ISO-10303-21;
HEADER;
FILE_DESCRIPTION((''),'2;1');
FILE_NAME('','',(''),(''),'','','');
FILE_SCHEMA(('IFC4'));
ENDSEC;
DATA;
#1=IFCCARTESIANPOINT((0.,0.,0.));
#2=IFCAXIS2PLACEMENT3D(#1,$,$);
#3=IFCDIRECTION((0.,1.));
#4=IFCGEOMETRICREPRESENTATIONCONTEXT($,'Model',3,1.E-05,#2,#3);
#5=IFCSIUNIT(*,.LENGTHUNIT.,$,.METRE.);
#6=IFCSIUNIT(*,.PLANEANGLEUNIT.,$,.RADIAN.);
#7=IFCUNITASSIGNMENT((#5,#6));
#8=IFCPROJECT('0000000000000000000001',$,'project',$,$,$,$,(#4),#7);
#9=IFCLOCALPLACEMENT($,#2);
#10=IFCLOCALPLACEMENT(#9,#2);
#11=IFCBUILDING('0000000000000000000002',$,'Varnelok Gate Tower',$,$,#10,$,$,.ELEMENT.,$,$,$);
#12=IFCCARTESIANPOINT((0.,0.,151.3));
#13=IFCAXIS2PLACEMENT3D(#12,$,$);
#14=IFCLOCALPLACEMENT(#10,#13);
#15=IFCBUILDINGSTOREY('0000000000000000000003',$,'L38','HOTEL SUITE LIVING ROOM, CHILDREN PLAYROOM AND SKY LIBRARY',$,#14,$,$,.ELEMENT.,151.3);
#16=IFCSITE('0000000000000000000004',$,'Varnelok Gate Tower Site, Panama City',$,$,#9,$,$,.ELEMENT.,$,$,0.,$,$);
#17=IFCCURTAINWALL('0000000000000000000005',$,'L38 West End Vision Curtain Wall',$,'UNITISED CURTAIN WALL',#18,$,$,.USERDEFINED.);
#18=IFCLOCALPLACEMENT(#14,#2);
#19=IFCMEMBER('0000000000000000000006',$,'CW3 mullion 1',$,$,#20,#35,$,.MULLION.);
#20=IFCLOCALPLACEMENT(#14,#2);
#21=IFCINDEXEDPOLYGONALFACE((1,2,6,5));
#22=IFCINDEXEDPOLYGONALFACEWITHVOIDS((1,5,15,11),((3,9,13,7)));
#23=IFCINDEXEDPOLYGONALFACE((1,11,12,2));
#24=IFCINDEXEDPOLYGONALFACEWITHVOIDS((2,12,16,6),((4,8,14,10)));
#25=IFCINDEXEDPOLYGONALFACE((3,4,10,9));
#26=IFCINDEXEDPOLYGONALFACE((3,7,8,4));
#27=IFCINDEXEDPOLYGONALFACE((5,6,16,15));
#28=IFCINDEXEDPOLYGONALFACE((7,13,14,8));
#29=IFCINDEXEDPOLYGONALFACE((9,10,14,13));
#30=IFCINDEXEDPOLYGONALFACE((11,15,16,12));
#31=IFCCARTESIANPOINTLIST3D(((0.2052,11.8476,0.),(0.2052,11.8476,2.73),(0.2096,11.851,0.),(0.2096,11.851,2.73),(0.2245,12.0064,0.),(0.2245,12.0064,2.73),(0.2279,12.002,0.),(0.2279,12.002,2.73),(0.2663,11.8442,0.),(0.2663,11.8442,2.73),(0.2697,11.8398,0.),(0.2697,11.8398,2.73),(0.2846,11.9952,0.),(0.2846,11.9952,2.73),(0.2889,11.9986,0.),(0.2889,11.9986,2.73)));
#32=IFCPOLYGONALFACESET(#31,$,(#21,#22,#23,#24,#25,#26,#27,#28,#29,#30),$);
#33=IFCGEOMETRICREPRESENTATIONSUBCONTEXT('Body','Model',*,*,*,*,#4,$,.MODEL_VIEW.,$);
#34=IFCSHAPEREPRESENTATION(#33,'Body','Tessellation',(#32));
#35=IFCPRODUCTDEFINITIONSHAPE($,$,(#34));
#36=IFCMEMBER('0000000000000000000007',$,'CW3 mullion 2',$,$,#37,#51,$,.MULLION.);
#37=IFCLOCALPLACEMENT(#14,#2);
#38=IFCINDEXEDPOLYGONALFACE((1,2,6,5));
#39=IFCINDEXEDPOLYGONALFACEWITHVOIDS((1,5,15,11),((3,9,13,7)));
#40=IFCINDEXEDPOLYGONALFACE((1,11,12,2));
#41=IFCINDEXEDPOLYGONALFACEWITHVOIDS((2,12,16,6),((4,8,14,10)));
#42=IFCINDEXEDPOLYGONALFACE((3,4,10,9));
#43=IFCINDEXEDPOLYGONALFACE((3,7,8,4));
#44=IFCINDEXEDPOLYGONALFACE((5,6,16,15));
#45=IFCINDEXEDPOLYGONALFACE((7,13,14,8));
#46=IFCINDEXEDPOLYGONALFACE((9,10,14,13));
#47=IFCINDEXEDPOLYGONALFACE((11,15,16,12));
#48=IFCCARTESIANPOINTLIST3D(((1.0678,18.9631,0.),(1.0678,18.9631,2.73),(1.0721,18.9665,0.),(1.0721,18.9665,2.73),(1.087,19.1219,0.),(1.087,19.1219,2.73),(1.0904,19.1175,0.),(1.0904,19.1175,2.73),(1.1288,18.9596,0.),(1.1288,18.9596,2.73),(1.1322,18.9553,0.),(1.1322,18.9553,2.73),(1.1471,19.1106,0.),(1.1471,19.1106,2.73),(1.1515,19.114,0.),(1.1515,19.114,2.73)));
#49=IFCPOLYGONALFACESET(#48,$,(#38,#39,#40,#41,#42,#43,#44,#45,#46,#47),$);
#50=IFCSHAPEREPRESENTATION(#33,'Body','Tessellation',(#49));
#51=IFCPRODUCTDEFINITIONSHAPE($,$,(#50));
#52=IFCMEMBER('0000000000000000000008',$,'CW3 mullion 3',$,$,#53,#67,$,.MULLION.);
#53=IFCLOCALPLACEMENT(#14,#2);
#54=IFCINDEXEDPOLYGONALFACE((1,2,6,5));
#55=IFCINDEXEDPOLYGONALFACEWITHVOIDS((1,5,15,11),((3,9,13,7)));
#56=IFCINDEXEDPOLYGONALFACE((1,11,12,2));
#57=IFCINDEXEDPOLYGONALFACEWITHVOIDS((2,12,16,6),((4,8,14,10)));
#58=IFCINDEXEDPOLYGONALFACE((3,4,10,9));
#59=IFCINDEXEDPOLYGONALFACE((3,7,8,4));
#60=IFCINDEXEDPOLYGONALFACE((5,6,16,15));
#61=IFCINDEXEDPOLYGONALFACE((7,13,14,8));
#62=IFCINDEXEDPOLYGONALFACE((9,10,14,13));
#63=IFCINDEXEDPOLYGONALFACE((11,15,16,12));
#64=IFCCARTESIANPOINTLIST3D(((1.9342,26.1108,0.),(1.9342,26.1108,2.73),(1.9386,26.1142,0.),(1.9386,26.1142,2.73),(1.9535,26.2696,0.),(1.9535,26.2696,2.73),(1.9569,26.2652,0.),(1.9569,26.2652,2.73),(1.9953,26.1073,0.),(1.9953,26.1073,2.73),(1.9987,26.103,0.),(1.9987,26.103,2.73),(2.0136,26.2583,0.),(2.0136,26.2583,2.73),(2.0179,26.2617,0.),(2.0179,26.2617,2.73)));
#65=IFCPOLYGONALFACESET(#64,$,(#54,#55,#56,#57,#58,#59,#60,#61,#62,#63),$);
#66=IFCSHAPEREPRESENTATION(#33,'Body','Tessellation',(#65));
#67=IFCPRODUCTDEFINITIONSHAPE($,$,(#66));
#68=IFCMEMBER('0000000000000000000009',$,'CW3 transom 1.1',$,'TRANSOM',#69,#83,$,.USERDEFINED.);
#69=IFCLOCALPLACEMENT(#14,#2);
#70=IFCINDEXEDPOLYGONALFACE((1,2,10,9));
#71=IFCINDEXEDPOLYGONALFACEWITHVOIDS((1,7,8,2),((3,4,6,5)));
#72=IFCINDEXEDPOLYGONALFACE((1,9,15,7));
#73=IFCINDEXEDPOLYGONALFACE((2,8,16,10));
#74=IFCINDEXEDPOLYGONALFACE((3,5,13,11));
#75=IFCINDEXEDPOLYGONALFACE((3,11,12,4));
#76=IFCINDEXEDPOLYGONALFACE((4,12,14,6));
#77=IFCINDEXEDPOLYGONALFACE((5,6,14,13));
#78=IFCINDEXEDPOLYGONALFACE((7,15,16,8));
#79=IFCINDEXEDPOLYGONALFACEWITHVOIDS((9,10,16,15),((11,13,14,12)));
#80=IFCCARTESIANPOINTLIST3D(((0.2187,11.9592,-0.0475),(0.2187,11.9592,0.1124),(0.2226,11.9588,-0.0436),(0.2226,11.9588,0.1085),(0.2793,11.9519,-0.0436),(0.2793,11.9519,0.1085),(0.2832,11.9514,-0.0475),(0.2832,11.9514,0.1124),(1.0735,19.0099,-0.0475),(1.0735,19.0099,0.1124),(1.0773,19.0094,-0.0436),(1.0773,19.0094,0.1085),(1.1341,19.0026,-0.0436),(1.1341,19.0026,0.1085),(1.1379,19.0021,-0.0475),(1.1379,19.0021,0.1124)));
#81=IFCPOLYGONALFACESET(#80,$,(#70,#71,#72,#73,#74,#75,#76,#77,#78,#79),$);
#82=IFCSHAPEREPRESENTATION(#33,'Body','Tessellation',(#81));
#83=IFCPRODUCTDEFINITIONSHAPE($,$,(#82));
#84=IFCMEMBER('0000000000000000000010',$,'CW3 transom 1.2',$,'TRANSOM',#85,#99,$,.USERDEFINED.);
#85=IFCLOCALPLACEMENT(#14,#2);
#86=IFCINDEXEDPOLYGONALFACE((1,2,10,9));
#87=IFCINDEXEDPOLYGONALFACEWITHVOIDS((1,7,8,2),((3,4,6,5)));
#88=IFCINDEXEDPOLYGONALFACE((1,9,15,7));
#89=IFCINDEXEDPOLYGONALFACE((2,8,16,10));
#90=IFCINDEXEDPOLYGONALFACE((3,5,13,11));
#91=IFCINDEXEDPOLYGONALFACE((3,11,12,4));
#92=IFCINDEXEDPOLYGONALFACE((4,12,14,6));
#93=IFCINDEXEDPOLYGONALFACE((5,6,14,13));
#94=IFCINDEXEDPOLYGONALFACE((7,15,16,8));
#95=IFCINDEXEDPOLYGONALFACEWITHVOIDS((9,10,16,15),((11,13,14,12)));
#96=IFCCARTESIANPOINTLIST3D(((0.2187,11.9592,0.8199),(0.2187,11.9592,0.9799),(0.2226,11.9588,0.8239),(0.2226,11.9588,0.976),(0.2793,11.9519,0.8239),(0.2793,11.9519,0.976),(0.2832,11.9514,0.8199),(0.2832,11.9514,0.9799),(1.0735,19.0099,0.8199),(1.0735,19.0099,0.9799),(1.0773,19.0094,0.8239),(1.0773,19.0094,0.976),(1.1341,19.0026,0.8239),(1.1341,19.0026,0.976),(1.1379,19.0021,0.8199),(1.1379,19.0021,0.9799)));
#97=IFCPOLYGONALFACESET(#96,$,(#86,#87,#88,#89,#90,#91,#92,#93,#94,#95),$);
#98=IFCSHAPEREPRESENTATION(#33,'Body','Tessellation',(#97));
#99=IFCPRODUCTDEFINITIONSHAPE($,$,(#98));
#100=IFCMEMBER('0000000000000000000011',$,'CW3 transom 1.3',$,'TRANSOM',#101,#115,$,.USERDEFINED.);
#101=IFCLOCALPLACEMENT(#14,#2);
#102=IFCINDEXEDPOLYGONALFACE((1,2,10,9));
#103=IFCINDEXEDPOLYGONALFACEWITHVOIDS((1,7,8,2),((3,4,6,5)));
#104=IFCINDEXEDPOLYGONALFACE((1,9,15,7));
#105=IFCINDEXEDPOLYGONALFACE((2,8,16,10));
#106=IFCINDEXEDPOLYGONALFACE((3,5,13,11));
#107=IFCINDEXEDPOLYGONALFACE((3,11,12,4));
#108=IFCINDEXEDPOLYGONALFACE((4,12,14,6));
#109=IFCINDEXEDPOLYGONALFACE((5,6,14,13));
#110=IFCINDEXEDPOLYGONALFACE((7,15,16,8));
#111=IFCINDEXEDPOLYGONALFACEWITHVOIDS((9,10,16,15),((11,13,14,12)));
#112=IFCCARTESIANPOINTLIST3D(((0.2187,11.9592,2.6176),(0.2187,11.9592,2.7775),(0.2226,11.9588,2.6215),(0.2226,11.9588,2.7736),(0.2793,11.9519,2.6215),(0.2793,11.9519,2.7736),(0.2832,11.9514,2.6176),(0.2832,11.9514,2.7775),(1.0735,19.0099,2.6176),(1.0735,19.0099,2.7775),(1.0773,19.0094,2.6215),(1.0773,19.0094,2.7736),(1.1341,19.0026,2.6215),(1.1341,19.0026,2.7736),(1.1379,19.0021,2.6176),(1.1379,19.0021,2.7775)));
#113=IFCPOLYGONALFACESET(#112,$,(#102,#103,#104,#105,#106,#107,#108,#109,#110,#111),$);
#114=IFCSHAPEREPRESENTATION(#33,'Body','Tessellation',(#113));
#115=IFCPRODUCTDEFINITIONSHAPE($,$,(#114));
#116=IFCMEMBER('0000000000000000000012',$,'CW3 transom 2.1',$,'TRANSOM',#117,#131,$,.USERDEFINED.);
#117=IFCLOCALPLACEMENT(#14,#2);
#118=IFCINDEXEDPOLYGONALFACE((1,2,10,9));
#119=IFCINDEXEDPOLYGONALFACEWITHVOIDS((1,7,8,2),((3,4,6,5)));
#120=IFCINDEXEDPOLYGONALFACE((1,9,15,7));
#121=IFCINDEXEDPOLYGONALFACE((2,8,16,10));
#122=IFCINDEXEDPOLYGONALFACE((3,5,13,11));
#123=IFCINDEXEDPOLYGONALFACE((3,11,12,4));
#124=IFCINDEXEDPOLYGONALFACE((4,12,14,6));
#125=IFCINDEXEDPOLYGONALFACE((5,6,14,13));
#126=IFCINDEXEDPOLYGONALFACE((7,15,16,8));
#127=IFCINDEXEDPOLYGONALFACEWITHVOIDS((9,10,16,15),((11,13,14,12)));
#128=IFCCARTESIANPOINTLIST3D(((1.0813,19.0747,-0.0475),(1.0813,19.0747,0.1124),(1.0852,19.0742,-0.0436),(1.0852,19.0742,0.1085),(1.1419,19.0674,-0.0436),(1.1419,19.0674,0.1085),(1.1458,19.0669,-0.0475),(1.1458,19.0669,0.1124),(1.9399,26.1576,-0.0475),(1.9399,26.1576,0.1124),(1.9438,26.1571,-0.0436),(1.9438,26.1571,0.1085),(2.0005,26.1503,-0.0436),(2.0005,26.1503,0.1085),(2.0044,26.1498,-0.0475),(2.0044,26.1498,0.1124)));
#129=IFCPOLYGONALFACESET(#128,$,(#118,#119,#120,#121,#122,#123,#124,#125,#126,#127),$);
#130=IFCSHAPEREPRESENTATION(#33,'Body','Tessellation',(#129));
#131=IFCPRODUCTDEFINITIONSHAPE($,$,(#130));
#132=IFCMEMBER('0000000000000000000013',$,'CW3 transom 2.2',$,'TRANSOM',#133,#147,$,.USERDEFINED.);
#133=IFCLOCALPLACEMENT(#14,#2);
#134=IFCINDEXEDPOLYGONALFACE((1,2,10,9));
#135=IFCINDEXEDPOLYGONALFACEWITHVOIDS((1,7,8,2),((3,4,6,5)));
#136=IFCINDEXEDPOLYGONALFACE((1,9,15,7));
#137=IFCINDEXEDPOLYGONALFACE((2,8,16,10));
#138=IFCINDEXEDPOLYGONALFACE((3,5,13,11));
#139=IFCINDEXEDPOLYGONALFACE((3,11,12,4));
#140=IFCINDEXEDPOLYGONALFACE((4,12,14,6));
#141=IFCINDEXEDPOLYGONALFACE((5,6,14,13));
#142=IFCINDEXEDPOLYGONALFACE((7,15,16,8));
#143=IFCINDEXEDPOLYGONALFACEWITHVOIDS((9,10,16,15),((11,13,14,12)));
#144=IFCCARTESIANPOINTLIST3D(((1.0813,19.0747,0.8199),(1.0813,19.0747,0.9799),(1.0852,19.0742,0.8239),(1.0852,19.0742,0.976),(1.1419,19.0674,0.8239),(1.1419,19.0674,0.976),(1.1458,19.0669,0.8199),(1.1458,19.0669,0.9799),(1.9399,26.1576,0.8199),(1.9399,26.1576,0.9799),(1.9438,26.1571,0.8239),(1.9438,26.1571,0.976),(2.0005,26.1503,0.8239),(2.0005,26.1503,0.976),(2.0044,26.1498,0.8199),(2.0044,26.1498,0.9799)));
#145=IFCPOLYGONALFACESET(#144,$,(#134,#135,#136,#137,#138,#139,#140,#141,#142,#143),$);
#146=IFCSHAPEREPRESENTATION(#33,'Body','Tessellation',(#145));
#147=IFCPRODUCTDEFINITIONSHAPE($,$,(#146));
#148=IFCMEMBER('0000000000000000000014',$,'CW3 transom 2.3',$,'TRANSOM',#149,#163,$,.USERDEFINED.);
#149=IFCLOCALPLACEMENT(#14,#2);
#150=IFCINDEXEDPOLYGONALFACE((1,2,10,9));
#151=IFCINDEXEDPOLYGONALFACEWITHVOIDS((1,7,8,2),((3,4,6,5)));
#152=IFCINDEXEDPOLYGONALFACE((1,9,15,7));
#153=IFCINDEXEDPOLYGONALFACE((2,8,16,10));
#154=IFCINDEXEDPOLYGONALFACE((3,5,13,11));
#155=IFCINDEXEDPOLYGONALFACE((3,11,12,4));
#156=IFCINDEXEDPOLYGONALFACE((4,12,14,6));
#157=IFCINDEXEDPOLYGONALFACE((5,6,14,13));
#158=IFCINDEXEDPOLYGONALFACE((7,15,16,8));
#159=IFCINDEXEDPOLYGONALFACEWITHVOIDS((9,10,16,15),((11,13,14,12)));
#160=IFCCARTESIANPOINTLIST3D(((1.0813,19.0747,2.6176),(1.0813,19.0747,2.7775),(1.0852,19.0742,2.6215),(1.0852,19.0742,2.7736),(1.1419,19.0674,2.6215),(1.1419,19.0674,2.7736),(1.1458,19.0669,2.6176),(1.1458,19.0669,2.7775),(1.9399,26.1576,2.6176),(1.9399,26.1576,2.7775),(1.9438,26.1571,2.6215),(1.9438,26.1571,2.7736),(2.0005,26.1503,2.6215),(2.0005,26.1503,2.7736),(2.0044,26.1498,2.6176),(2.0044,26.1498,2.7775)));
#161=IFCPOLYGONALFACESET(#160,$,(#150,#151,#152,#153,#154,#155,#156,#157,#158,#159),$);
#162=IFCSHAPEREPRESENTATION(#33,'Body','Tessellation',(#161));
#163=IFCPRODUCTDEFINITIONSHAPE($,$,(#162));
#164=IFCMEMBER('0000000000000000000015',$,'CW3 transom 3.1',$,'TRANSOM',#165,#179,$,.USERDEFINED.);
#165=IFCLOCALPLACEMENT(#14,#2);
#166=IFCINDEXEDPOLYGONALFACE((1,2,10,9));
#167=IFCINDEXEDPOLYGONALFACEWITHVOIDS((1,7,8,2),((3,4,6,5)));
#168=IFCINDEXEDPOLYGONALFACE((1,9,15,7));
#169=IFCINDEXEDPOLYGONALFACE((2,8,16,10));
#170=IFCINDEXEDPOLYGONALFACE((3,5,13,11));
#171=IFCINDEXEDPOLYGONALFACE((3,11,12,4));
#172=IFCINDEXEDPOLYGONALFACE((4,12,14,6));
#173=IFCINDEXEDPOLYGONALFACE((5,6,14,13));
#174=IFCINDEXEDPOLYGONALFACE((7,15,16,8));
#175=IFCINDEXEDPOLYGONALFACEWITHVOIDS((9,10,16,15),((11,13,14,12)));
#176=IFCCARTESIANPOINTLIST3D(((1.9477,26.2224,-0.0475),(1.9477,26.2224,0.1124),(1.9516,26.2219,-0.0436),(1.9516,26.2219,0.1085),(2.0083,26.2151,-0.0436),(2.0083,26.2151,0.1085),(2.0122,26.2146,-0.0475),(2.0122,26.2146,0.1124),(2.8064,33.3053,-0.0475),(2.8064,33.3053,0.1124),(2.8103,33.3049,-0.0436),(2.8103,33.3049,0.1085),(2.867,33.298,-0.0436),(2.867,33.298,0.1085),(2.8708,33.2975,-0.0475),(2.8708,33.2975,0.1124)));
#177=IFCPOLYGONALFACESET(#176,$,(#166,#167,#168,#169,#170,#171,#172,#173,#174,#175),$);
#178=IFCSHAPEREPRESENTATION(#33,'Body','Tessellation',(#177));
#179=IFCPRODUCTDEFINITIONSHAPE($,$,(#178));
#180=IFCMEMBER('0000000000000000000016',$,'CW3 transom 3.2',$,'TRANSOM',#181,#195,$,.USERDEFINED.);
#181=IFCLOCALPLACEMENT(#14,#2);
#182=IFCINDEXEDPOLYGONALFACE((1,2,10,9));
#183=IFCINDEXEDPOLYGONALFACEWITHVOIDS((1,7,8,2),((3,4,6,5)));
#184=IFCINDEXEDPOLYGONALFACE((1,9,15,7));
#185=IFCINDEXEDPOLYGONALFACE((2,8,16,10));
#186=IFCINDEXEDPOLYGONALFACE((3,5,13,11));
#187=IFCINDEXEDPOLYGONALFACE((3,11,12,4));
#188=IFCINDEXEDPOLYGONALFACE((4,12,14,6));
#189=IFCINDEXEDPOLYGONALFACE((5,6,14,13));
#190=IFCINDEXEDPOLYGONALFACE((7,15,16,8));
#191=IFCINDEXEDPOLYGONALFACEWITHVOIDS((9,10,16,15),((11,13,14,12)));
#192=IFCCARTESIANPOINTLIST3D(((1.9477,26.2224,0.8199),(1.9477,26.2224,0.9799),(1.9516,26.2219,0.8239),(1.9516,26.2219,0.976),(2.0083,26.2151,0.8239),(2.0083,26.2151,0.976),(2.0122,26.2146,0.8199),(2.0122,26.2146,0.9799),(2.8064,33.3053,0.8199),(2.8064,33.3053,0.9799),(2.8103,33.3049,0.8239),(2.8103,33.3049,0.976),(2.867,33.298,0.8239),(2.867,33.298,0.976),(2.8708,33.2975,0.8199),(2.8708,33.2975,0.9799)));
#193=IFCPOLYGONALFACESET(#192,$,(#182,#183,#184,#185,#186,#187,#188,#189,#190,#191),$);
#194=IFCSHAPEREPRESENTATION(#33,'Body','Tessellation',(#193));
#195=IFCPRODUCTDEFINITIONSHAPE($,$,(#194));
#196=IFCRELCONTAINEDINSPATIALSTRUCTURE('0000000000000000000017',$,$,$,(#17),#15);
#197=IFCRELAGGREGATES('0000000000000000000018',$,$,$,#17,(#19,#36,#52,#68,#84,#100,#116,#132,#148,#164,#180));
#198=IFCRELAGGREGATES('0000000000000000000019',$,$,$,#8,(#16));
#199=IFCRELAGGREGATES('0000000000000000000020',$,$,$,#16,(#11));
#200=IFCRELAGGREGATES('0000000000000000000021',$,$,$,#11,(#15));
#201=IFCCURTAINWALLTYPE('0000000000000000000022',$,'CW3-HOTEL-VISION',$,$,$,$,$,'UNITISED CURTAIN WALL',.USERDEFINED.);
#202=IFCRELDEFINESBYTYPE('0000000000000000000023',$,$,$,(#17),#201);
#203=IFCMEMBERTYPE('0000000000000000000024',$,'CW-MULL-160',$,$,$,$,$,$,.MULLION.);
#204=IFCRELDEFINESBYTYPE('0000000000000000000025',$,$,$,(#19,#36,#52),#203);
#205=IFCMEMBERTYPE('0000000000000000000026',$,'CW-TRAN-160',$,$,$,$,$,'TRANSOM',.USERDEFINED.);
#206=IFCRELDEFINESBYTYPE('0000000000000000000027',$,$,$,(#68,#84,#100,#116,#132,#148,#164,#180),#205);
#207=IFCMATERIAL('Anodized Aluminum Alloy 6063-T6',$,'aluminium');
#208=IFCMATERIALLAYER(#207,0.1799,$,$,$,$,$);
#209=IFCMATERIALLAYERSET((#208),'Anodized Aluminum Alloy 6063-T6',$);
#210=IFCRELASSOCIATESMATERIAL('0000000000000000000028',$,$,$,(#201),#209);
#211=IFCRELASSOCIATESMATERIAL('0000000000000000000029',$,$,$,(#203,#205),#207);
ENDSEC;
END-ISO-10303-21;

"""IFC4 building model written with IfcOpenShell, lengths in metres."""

from ifc_helpers import new_model, si_unit, direction, frame, origin, origin_2d, place, context, subcontext, project, spatial, hollow_rectangle, extrude, material, layer, layer_set, material_profile, profile_set, type_object, element, aggregate, save


model = new_model("IFC4")

# Units and contexts
model_context = context("Model", 3, precision=1e-05, world=origin(), true_north=direction((0.0, 1.0)))
body_context = subcontext(model_context, "Body", "Model", "MODEL_VIEW")
ifc_project = project(units=[si_unit("LENGTHUNIT", "METRE"), si_unit("PLANEANGLEUNIT", "RADIAN")], contexts=[model_context])

# Site, building, storey
site_placement = place(None, origin())
site = spatial("IfcSite", under=ifc_project, at=site_placement, Name="Varnelok Gate Tower Site, Panama City", CompositionType="ELEMENT", RefElevation=0.0)
building_placement = place(site_placement, origin())
building = spatial("IfcBuilding", under=site, at=building_placement, Name="Varnelok Gate Tower", CompositionType="ELEMENT")
storey_placement = place(building_placement, frame((0.0, 0.0, 151.3)))
storey = spatial("IfcBuildingStorey", under=building, at=storey_placement, Name="L38", Description="HOTEL SUITE LIVING ROOM, CHILDREN PLAYROOM AND SKY LIBRARY", CompositionType="ELEMENT", Elevation=151.3)

# Curtain wall, members
ifc_material_1 = material(Name="Anodized Aluminum Alloy 6063-T6", Category="aluminium")
ifc_layer_1 = layer(ifc_material_1, 0.1799)
ifc_layer_set_1 = layer_set([ifc_layer_1], Name="Anodized Aluminum Alloy 6063-T6")
curtain_wall_type = type_object("IfcCurtainWallType", Name="CW3-HOTEL-VISION", ElementType="UNITISED CURTAIN WALL", PredefinedType="USERDEFINED", material=ifc_layer_set_1)
curtain_wall_placement = place(storey_placement, origin())
curtain_wall = element("IfcCurtainWall", 1, at=curtain_wall_placement, inside=storey, type_object=curtain_wall_type, Name="L38 West End Vision Curtain Wall", ObjectType="UNITISED CURTAIN WALL", PredefinedType="USERDEFINED")
ifc_material_profile_1 = material_profile(ifc_material_1, hollow_rectangle(XDim=0.0649, YDim=0.1599, WallThickness=0.0039, at=origin_2d()), Name="ALU160X65X4")
ifc_profile_set_1 = profile_set([ifc_material_profile_1], Name="Anodized Aluminum Alloy 6063-T6")
member_type_1 = type_object("IfcMemberType", Name="CW-MULL-160", PredefinedType="MULLION", material=ifc_profile_set_1)
member_1_placement = place(storey_placement, frame((0.2471, 11.9231, 0.0), z_axis=(0.0, 0.0, 1.0), x_axis=(-0.992732, 0.120347, 0.0)))
member_1 = element("IfcMember", 2, at=member_1_placement, type_object=member_type_1, Name="CW3 mullion 1", PredefinedType="MULLION", context=body_context, shape_type="SweptSolid", body=[
    extrude(hollow_rectangle(XDim=0.0649, YDim=0.1599, WallThickness=0.0039, at=origin_2d()), origin(), (0.0, 0.0, 1.0), 2.73),
])
member_2_placement = place(storey_placement, frame((1.1096, 19.0386, 0.0), z_axis=(0.0, 0.0, 1.0), x_axis=(-0.992732, 0.120347, 0.0)))
member_2 = element("IfcMember", 3, at=member_2_placement, type_object=member_type_1, Name="CW3 mullion 2", PredefinedType="MULLION", context=body_context, shape_type="SweptSolid", body=[
    extrude(hollow_rectangle(XDim=0.0649, YDim=0.1599, WallThickness=0.0039, at=origin_2d()), origin(), (0.0, 0.0, 1.0), 2.73),
])
member_3_placement = place(storey_placement, frame((1.9761, 26.1863, 0.0), z_axis=(0.0, 0.0, 1.0), x_axis=(-0.992732, 0.120347, 0.0)))
member_3 = element("IfcMember", 4, at=member_3_placement, type_object=member_type_1, Name="CW3 mullion 3", PredefinedType="MULLION", context=body_context, shape_type="SweptSolid", body=[
    extrude(hollow_rectangle(XDim=0.0649, YDim=0.1599, WallThickness=0.0039, at=origin_2d()), origin(), (0.0, 0.0, 1.0), 2.73),
])
ifc_material_profile_2 = material_profile(ifc_material_1, hollow_rectangle(XDim=0.0649, YDim=0.1599, WallThickness=0.0039, at=origin_2d()), Name="ALU160X65X4")
ifc_profile_set_2 = profile_set([ifc_material_profile_2], Name="Anodized Aluminum Alloy 6063-T6")
member_type_2 = type_object("IfcMemberType", Name="CW-TRAN-160", ElementType="TRANSOM", PredefinedType="USERDEFINED", material=ifc_profile_set_2)
member_4_placement = place(storey_placement, frame((0.251, 11.9553, 0.0325), z_axis=(0.120345, 0.992732, 0.0), x_axis=(-0.992732, 0.120345, 0.0)))
member_4 = element("IfcMember", 5, at=member_4_placement, type_object=member_type_2, Name="CW3 transom 1.1", ObjectType="TRANSOM", PredefinedType="USERDEFINED", context=body_context, shape_type="SweptSolid", body=[
    extrude(hollow_rectangle(XDim=0.0649, YDim=0.1599, WallThickness=0.0039, at=origin_2d()), origin(), (0.0, 0.0, 1.0), 7.1023),
])
member_5_placement = place(storey_placement, frame((0.251, 11.9553, 0.8999), z_axis=(0.120345, 0.992732, 0.0), x_axis=(-0.992732, 0.120345, 0.0)))
member_5 = element("IfcMember", 6, at=member_5_placement, type_object=member_type_2, Name="CW3 transom 1.2", ObjectType="TRANSOM", PredefinedType="USERDEFINED", context=body_context, shape_type="SweptSolid", body=[
    extrude(hollow_rectangle(XDim=0.0649, YDim=0.1599, WallThickness=0.0039, at=origin_2d()), origin(), (0.0, 0.0, 1.0), 7.1023),
])
member_6_placement = place(storey_placement, frame((0.251, 11.9553, 2.6975), z_axis=(0.120345, 0.992732, 0.0), x_axis=(-0.992732, 0.120345, 0.0)))
member_6 = element("IfcMember", 7, at=member_6_placement, type_object=member_type_2, Name="CW3 transom 1.3", ObjectType="TRANSOM", PredefinedType="USERDEFINED", context=body_context, shape_type="SweptSolid", body=[
    extrude(hollow_rectangle(XDim=0.0649, YDim=0.1599, WallThickness=0.0039, at=origin_2d()), origin(), (0.0, 0.0, 1.0), 7.1023),
])
member_7_placement = place(storey_placement, frame((1.1135, 19.0708, 0.0325), z_axis=(0.120345, 0.992732, 0.0), x_axis=(-0.992732, 0.120345, 0.0)))
member_7 = element("IfcMember", 8, at=member_7_placement, type_object=member_type_2, Name="CW3 transom 2.1", ObjectType="TRANSOM", PredefinedType="USERDEFINED", context=body_context, shape_type="SweptSolid", body=[
    extrude(hollow_rectangle(XDim=0.0649, YDim=0.1599, WallThickness=0.0039, at=origin_2d()), origin(), (0.0, 0.0, 1.0), 7.1348),
])
member_8_placement = place(storey_placement, frame((1.1135, 19.0708, 0.8999), z_axis=(0.120345, 0.992732, 0.0), x_axis=(-0.992732, 0.120345, 0.0)))
member_8 = element("IfcMember", 9, at=member_8_placement, type_object=member_type_2, Name="CW3 transom 2.2", ObjectType="TRANSOM", PredefinedType="USERDEFINED", context=body_context, shape_type="SweptSolid", body=[
    extrude(hollow_rectangle(XDim=0.0649, YDim=0.1599, WallThickness=0.0039, at=origin_2d()), origin(), (0.0, 0.0, 1.0), 7.1348),
])
member_9_placement = place(storey_placement, frame((1.1135, 19.0708, 2.6975), z_axis=(0.120345, 0.992732, 0.0), x_axis=(-0.992732, 0.120345, 0.0)))
member_9 = element("IfcMember", 10, at=member_9_placement, type_object=member_type_2, Name="CW3 transom 2.3", ObjectType="TRANSOM", PredefinedType="USERDEFINED", context=body_context, shape_type="SweptSolid", body=[
    extrude(hollow_rectangle(XDim=0.0649, YDim=0.1599, WallThickness=0.0039, at=origin_2d()), origin(), (0.0, 0.0, 1.0), 7.1348),
])
member_10_placement = place(storey_placement, frame((1.98, 26.2185, 0.0325), z_axis=(0.120345, 0.992732, 0.0), x_axis=(-0.992732, 0.120345, 0.0)))
member_10 = element("IfcMember", 11, at=member_10_placement, type_object=member_type_2, Name="CW3 transom 3.1", ObjectType="TRANSOM", PredefinedType="USERDEFINED", context=body_context, shape_type="SweptSolid", body=[
    extrude(hollow_rectangle(XDim=0.0649, YDim=0.1599, WallThickness=0.0039, at=origin_2d()), origin(), (0.0, 0.0, 1.0), 7.1348),
])
member_11_placement = place(storey_placement, frame((1.98, 26.2185, 0.8999), z_axis=(0.120345, 0.992732, 0.0), x_axis=(-0.992732, 0.120345, 0.0)))
member_11 = element("IfcMember", 12, at=member_11_placement, type_object=member_type_2, Name="CW3 transom 3.2", ObjectType="TRANSOM", PredefinedType="USERDEFINED", context=body_context, shape_type="SweptSolid", body=[
    extrude(hollow_rectangle(XDim=0.0649, YDim=0.1599, WallThickness=0.0039, at=origin_2d()), origin(), (0.0, 0.0, 1.0), 7.1348),
])
aggregate(curtain_wall, [member_1, member_2, member_3, member_4, member_5, member_6, member_7, member_8, member_9, member_10, member_11])

save(model, "model.ifc")
